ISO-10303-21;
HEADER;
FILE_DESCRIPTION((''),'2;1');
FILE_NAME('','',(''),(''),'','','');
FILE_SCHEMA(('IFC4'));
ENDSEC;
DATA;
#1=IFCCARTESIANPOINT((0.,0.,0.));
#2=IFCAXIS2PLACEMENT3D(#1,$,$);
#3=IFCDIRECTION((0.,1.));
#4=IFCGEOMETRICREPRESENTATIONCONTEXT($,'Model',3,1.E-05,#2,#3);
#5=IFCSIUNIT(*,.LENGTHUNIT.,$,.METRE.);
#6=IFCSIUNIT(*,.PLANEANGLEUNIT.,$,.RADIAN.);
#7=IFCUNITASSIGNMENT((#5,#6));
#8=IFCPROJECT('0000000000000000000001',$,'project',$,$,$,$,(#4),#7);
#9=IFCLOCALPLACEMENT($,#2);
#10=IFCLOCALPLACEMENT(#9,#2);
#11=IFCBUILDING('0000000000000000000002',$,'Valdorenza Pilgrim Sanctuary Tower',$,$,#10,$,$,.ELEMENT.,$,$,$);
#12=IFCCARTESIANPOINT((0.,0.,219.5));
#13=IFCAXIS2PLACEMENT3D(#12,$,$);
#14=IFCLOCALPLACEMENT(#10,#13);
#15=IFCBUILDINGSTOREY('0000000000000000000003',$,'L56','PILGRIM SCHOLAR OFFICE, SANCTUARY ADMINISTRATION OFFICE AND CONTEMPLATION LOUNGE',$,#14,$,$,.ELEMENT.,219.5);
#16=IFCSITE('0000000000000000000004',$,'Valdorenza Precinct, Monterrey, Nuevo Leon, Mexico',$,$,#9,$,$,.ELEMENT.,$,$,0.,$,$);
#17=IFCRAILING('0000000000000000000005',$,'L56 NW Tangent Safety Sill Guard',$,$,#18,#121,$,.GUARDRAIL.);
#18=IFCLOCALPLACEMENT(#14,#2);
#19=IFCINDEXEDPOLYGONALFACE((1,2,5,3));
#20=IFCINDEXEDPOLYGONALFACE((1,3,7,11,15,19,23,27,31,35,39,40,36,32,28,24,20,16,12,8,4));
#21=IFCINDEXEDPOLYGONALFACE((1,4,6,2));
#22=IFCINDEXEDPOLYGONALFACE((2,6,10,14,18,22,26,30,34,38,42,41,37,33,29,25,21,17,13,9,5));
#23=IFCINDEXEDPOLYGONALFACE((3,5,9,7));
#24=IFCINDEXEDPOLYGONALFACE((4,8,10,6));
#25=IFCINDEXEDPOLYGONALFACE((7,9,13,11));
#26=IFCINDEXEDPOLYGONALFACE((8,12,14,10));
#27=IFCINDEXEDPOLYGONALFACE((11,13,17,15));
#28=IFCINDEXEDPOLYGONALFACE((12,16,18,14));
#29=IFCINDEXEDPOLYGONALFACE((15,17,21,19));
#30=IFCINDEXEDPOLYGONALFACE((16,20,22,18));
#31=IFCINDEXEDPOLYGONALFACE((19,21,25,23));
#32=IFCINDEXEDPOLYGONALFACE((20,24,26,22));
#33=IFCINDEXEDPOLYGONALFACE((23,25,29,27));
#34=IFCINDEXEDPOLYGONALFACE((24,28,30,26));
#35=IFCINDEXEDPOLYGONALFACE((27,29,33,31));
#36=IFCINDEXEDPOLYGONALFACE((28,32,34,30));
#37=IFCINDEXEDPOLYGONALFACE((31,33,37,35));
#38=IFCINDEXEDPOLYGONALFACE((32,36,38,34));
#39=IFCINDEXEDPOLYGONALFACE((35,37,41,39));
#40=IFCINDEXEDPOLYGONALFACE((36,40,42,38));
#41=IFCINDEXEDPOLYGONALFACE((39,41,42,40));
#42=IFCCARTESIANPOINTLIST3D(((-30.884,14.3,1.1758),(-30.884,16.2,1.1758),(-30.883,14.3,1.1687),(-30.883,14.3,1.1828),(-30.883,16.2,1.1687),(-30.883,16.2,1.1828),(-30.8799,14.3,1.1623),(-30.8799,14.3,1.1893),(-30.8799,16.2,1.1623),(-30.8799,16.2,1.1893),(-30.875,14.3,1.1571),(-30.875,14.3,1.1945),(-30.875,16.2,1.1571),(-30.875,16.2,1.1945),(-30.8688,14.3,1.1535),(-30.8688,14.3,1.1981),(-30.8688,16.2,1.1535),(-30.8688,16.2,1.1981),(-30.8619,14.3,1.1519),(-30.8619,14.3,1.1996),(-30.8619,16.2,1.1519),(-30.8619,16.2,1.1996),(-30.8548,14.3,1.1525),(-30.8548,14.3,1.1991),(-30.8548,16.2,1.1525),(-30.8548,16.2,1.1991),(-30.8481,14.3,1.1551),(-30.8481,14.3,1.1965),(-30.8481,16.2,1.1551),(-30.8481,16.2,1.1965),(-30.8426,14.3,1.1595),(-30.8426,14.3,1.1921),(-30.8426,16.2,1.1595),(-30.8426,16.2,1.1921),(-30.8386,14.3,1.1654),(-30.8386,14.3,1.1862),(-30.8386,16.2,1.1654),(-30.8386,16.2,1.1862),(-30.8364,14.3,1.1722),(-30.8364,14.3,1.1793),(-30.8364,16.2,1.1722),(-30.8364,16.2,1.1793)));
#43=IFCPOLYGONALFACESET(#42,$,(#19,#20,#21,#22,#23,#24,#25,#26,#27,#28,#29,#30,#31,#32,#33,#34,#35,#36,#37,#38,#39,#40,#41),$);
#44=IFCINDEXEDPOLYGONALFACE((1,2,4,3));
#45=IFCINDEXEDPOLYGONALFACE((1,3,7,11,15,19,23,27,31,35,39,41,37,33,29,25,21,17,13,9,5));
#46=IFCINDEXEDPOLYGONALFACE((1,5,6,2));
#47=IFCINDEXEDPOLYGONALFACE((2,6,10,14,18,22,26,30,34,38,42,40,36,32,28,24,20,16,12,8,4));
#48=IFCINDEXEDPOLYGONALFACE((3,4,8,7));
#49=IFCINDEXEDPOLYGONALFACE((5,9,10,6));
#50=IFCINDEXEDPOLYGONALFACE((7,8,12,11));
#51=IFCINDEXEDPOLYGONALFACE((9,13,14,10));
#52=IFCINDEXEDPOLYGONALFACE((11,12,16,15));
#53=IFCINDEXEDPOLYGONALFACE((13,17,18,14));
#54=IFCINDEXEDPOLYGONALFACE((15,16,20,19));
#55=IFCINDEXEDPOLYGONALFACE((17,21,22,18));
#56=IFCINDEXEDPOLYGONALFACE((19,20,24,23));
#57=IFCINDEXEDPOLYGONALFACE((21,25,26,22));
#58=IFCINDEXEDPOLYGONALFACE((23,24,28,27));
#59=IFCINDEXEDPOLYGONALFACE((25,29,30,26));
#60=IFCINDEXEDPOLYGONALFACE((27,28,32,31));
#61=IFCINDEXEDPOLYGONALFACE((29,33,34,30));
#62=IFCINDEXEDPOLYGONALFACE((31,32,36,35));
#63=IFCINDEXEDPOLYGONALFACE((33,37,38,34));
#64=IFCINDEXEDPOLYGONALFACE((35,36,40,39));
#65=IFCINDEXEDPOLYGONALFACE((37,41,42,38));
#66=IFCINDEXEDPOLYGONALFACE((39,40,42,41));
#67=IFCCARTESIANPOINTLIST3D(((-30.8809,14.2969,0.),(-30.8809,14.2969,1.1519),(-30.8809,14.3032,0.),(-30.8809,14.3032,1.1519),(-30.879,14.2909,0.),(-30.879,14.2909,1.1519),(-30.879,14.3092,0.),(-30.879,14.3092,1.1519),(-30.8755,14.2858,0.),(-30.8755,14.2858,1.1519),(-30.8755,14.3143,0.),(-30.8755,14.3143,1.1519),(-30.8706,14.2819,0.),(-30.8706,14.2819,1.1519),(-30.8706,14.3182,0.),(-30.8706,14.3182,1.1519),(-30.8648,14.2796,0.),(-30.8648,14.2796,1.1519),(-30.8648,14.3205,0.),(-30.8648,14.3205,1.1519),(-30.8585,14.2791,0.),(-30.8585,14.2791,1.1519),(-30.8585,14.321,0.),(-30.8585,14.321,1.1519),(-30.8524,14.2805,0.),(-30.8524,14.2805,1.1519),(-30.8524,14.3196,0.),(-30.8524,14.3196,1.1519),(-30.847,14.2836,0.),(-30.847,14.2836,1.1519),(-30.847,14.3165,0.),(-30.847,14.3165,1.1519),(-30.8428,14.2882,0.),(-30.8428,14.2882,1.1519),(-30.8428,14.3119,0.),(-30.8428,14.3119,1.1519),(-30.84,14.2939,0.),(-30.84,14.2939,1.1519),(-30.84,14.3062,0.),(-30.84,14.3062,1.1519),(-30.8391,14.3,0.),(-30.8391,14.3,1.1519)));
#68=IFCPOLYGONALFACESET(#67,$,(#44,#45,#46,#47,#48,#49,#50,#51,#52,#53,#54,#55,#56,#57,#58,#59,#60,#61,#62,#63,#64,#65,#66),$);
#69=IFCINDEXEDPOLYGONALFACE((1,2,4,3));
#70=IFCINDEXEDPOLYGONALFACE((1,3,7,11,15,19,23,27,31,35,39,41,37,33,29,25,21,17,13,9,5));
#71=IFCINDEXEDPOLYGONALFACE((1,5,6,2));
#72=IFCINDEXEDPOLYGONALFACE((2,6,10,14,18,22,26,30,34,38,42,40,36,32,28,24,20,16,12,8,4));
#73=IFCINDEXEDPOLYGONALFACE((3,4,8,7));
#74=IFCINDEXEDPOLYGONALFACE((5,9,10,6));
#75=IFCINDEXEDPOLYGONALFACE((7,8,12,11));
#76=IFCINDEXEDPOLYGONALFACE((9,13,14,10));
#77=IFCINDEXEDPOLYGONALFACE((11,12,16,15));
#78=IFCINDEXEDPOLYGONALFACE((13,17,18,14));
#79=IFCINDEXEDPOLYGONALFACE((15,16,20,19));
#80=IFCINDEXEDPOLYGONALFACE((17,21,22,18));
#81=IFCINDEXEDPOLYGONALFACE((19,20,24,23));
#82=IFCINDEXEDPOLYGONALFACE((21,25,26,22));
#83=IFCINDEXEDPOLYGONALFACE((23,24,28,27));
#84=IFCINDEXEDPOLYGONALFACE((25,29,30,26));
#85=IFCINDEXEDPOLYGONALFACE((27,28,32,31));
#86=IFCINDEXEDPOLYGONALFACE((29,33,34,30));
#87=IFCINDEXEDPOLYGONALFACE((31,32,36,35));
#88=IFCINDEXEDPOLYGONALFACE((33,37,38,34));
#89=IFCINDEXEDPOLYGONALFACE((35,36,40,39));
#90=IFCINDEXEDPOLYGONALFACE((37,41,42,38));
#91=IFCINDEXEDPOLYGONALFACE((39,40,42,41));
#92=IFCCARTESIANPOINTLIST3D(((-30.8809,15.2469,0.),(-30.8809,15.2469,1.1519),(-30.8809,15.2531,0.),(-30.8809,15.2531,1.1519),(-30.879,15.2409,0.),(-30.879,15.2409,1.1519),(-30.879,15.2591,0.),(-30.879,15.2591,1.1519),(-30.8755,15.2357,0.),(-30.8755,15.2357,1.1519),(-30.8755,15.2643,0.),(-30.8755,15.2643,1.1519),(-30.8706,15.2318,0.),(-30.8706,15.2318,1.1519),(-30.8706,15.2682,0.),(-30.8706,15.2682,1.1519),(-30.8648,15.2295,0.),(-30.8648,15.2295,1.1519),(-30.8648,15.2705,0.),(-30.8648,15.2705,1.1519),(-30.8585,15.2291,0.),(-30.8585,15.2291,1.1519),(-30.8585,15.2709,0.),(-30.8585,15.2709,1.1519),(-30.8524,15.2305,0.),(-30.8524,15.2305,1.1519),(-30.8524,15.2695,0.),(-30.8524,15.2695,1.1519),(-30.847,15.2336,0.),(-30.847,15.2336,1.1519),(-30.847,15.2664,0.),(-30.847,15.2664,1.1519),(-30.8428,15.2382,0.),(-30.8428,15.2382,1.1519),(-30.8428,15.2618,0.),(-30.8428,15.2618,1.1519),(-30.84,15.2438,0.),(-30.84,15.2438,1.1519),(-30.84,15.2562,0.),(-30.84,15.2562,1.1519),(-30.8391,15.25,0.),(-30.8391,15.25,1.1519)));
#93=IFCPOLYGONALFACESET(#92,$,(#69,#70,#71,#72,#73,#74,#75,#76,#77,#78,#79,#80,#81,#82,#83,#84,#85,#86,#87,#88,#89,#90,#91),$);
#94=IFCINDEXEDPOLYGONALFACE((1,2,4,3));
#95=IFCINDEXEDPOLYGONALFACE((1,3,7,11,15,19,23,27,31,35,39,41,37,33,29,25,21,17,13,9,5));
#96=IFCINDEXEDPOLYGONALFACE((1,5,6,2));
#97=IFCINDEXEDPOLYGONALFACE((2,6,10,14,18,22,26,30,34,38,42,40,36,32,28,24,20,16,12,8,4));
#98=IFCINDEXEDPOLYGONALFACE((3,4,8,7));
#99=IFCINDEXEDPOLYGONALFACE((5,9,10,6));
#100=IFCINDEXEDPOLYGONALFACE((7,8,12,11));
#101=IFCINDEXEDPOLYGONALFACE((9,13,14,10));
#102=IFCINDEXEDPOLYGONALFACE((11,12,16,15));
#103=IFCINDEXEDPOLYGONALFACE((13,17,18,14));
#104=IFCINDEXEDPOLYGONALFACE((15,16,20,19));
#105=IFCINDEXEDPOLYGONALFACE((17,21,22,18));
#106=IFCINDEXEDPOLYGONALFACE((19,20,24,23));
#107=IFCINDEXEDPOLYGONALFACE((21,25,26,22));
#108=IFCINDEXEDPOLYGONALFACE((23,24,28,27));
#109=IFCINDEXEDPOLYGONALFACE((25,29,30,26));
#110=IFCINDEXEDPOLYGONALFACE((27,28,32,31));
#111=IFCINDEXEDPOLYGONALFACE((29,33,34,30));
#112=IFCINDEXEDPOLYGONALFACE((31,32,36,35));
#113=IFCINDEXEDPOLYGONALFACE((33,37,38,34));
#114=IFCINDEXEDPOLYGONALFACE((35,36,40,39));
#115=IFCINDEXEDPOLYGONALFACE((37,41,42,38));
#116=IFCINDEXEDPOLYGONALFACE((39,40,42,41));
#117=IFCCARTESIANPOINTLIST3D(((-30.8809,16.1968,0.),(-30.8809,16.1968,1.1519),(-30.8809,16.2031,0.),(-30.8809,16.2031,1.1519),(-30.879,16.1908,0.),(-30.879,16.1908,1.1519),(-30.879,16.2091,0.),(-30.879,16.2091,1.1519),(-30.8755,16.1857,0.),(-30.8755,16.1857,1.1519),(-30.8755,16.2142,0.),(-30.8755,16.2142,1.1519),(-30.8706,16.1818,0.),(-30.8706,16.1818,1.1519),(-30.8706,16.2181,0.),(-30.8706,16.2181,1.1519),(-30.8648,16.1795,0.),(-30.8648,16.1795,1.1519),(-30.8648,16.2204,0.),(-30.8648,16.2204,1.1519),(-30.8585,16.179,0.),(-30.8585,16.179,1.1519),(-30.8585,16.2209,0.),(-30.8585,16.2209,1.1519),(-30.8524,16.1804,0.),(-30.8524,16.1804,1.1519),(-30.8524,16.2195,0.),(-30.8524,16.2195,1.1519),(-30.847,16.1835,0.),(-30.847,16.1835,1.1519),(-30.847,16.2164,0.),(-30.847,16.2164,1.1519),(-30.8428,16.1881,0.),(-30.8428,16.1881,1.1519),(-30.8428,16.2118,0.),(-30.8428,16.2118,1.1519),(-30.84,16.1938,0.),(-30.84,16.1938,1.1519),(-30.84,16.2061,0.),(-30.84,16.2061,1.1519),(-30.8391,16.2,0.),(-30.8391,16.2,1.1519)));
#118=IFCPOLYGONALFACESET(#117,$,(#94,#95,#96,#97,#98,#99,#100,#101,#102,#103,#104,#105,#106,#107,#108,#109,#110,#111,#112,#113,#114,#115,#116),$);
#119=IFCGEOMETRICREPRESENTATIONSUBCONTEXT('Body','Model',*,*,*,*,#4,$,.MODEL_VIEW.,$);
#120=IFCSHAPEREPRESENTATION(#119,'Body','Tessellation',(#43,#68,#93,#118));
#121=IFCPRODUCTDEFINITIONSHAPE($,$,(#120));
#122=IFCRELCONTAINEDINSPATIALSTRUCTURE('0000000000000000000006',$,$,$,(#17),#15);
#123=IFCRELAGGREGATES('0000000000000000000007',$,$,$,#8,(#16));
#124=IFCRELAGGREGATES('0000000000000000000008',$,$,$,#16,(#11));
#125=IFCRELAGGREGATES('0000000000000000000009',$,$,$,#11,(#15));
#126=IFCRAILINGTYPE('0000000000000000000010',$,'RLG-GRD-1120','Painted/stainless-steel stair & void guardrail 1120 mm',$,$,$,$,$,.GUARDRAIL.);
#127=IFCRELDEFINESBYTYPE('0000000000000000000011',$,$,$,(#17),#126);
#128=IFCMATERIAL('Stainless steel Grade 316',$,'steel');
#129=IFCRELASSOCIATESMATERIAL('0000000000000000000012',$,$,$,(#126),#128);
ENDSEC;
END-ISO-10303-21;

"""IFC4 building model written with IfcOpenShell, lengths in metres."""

from ifc_helpers import new_model, si_unit, direction, frame, origin, origin_2d, place, context, subcontext, project, spatial, circle, extrude, material, type_object, element, save


model = new_model("IFC4")

# Units and contexts
model_context = context("Model", 3, precision=1e-05, world=origin(), true_north=direction((0.0, 1.0)))
body_context = subcontext(model_context, "Body", "Model", "MODEL_VIEW")
ifc_project = project(units=[si_unit("LENGTHUNIT", "METRE"), si_unit("PLANEANGLEUNIT", "RADIAN")], contexts=[model_context])

# Site, building, storey
site_placement = place(None, origin())
site = spatial("IfcSite", under=ifc_project, at=site_placement, Name="Valdorenza Precinct, Monterrey, Nuevo Leon, Mexico", CompositionType="ELEMENT", RefElevation=0.0)
building_placement = place(site_placement, origin())
building = spatial("IfcBuilding", under=site, at=building_placement, Name="Valdorenza Pilgrim Sanctuary Tower", CompositionType="ELEMENT")
storey_placement = place(building_placement, frame((0.0, 0.0, 219.5)))
storey = spatial("IfcBuildingStorey", under=building, at=storey_placement, Name="L56", Description="PILGRIM SCHOLAR OFFICE, SANCTUARY ADMINISTRATION OFFICE AND CONTEMPLATION LOUNGE", CompositionType="ELEMENT", Elevation=219.5)

# Railing
ifc_material_1 = material(Name="Stainless steel Grade 316", Category="steel")
railing_type = type_object("IfcRailingType", Name="RLG-GRD-1120", Description="Painted/stainless-steel stair & void guardrail 1120 mm", PredefinedType="GUARDRAIL", material=ifc_material_1)
railing_placement = place(storey_placement, frame((-30.8601, 14.3, 0.0)))
element("IfcRailing", 1, at=railing_placement, inside=storey, type_object=railing_type, Name="L56 NW Tangent Safety Sill Guard", PredefinedType="GUARDRAIL", context=body_context, shape_type="SweptSolid", body=[
    extrude(circle(Radius=0.0239, at=origin_2d()), frame((0.0, 0.0, 1.1758), z_axis=(0.0, 1.0, 0.0), x_axis=(-1.0, 0.0, 0.0)), (0.0, 0.0, 1.0), 1.8999),
    extrude(circle(Radius=0.021, at=origin_2d()), origin(), (0.0, 0.0, 1.0), 1.1519),
    extrude(circle(Radius=0.021, at=origin_2d()), frame((0.0, 0.95, 0.0)), (0.0, 0.0, 1.0), 1.1519),
    extrude(circle(Radius=0.021, at=origin_2d()), frame((0.0, 1.8999, 0.0)), (0.0, 0.0, 1.0), 1.1519),
])

save(model, "model.ifc")
